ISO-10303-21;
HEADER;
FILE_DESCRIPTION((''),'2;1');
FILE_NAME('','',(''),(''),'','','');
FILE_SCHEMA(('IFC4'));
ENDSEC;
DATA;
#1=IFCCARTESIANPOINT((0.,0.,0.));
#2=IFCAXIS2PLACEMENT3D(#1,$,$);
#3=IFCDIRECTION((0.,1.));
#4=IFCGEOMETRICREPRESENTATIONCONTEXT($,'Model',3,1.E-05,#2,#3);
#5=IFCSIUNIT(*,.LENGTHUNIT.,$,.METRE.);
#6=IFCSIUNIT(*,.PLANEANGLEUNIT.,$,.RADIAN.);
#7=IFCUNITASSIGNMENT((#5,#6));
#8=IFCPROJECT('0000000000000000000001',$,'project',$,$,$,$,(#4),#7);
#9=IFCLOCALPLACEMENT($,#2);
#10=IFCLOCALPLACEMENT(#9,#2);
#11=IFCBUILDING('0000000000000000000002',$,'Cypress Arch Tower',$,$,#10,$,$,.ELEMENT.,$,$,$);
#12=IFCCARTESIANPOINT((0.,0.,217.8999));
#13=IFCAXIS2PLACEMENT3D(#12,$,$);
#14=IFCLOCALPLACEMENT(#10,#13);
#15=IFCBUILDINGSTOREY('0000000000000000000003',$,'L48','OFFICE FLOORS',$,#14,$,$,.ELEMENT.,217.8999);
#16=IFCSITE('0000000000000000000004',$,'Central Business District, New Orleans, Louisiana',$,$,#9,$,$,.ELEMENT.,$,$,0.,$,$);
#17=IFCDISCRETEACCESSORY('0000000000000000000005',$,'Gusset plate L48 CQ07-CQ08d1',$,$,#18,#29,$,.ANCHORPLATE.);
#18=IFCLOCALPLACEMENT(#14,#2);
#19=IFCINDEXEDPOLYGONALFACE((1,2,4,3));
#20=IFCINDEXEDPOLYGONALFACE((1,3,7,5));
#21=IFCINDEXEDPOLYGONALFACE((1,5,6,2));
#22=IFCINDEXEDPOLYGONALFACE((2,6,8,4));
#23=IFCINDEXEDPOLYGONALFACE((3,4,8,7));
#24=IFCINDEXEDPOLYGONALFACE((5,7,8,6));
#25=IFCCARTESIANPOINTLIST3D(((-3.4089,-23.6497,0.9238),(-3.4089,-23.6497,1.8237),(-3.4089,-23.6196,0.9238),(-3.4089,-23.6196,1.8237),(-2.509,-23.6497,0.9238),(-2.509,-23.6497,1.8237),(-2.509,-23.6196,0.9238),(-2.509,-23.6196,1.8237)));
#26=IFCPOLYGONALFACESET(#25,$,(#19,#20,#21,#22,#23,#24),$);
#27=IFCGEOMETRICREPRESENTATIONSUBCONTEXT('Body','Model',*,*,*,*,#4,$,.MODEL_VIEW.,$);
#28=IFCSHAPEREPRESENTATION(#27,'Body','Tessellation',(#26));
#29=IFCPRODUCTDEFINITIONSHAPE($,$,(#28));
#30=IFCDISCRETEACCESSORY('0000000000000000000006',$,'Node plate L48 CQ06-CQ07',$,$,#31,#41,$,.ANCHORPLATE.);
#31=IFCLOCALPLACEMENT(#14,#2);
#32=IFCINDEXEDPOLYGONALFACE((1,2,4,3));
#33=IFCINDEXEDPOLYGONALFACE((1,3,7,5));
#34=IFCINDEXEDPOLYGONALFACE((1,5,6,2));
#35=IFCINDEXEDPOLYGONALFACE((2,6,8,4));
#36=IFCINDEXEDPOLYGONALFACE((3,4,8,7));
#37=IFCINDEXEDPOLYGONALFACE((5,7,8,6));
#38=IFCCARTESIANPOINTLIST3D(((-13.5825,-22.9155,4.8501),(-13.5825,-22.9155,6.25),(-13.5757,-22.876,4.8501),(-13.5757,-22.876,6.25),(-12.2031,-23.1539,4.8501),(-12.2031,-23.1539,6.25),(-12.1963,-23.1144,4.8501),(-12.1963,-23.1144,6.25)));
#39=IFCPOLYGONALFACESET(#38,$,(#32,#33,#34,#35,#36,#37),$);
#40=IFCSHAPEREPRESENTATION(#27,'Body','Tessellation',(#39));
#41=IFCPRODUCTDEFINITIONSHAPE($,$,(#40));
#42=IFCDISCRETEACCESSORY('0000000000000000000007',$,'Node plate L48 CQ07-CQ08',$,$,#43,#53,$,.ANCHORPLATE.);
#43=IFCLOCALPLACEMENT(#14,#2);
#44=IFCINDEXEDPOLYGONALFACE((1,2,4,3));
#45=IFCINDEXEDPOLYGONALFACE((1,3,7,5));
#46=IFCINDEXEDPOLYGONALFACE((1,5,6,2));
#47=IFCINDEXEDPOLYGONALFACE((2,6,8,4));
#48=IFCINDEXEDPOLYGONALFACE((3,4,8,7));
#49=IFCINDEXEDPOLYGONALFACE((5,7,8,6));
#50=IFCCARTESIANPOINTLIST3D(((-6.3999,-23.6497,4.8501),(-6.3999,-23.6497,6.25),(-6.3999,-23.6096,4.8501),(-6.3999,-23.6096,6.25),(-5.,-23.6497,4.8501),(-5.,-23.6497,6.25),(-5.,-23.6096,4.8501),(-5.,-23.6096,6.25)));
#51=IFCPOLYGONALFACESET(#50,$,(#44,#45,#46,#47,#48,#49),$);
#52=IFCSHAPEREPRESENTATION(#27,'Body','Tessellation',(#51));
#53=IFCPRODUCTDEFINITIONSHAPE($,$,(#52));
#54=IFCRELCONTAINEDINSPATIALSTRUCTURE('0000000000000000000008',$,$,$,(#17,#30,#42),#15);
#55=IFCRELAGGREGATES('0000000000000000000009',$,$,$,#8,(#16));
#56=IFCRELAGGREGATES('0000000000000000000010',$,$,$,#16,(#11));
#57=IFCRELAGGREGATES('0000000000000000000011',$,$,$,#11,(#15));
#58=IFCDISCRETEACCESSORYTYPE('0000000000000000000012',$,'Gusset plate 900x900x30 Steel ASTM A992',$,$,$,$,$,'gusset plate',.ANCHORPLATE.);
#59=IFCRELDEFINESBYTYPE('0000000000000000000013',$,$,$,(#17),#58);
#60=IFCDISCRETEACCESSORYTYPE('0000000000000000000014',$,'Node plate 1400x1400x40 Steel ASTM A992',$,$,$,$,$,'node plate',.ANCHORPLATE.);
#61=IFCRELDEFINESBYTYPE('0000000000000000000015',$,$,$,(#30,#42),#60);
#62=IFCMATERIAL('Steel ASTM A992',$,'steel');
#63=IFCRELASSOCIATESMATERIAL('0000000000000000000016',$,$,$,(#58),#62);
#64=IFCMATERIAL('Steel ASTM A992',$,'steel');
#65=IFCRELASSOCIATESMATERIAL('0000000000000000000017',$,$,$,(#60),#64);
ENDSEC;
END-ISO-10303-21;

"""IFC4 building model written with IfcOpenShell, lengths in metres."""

from ifc_helpers import new_model, si_unit, direction, frame, origin, origin_2d, place, context, subcontext, project, spatial, rectangle, extrude, material, material_profile, profile_set, type_object, element, save


model = new_model("IFC4")

# Units and contexts
model_context = context("Model", 3, precision=1e-05, world=origin(), true_north=direction((0.0, 1.0)))
body_context = subcontext(model_context, "Body", "Model", "MODEL_VIEW")
ifc_project = project(units=[si_unit("LENGTHUNIT", "METRE"), si_unit("PLANEANGLEUNIT", "RADIAN")], contexts=[model_context])

# Site, building, storey
site_placement = place(None, origin())
site = spatial("IfcSite", under=ifc_project, at=site_placement, Name="Central Business District, New Orleans, Louisiana", CompositionType="ELEMENT", RefElevation=0.0)
building_placement = place(site_placement, origin())
building = spatial("IfcBuilding", under=site, at=building_placement, Name="Cypress Arch Tower", CompositionType="ELEMENT")
storey_placement = place(building_placement, frame((0.0, 0.0, 217.8999)))
storey = spatial("IfcBuildingStorey", under=building, at=storey_placement, Name="L48", Description="OFFICE FLOORS", CompositionType="ELEMENT", Elevation=217.8999)

# Discrete accessories
ifc_material_1 = material(Name="Steel ASTM A992", Category="steel")
ifc_material_profile_1 = material_profile(ifc_material_1, rectangle(XDim=0.8999, YDim=0.8999, at=origin_2d()), Name="PL 30 900x900")
ifc_profile_set_1 = profile_set([ifc_material_profile_1], Name="Steel ASTM A992")
discrete_accessory_type_1 = type_object("IfcDiscreteAccessoryType", Name="Gusset plate 900x900x30 Steel ASTM A992", ElementType="gusset plate", PredefinedType="ANCHORPLATE", material=ifc_profile_set_1)
for number, where, z_axis, x_axis, name in (
    (1, (-2.959, -23.6497, 1.3738), (0.0, 1.0, 0.0), (-1.0, 0.0, 0.0), "Gusset plate L48 CQ07-CQ08d1"),
):
    element("IfcDiscreteAccessory", number, at=place(storey_placement, frame(where, z_axis=z_axis, x_axis=x_axis)), inside=storey, type_object=discrete_accessory_type_1, Name=name, PredefinedType="ANCHORPLATE", context=body_context, shape_type="SweptSolid", body=[
        extrude(rectangle(XDim=0.8999, YDim=0.8999, at=origin_2d()), origin(), (0.0, 0.0, 1.0), 0.03),
    ])
ifc_material_2 = material(Name="Steel ASTM A992", Category="steel")
ifc_material_profile_2 = material_profile(ifc_material_2, rectangle(XDim=1.3999, YDim=1.3999, at=origin_2d()), Name="PL 40 1400x1400")
ifc_profile_set_2 = profile_set([ifc_material_profile_2], Name="Steel ASTM A992")
discrete_accessory_type_2 = type_object("IfcDiscreteAccessoryType", Name="Node plate 1400x1400x40 Steel ASTM A992", ElementType="node plate", PredefinedType="ANCHORPLATE", material=ifc_profile_set_2)
for number, where, z_axis, x_axis, name in (
    (2, (-12.8928, -23.0347, 5.55), (0.170314, 0.98539, 0.0), (-0.98539, 0.170314, 0.0), "Node plate L48 CQ06-CQ07"),
    (3, (-5.7, -23.6497, 5.55), (0.0, 1.0, 0.0), (-1.0, 0.0, 0.0), "Node plate L48 CQ07-CQ08"),
):
    element("IfcDiscreteAccessory", number, at=place(storey_placement, frame(where, z_axis=z_axis, x_axis=x_axis)), inside=storey, type_object=discrete_accessory_type_2, Name=name, PredefinedType="ANCHORPLATE", context=body_context, shape_type="SweptSolid", body=[
        extrude(rectangle(XDim=1.3999, YDim=1.3999, at=origin_2d()), origin(), (0.0, 0.0, 1.0), 0.04),
    ])

save(model, "model.ifc")
